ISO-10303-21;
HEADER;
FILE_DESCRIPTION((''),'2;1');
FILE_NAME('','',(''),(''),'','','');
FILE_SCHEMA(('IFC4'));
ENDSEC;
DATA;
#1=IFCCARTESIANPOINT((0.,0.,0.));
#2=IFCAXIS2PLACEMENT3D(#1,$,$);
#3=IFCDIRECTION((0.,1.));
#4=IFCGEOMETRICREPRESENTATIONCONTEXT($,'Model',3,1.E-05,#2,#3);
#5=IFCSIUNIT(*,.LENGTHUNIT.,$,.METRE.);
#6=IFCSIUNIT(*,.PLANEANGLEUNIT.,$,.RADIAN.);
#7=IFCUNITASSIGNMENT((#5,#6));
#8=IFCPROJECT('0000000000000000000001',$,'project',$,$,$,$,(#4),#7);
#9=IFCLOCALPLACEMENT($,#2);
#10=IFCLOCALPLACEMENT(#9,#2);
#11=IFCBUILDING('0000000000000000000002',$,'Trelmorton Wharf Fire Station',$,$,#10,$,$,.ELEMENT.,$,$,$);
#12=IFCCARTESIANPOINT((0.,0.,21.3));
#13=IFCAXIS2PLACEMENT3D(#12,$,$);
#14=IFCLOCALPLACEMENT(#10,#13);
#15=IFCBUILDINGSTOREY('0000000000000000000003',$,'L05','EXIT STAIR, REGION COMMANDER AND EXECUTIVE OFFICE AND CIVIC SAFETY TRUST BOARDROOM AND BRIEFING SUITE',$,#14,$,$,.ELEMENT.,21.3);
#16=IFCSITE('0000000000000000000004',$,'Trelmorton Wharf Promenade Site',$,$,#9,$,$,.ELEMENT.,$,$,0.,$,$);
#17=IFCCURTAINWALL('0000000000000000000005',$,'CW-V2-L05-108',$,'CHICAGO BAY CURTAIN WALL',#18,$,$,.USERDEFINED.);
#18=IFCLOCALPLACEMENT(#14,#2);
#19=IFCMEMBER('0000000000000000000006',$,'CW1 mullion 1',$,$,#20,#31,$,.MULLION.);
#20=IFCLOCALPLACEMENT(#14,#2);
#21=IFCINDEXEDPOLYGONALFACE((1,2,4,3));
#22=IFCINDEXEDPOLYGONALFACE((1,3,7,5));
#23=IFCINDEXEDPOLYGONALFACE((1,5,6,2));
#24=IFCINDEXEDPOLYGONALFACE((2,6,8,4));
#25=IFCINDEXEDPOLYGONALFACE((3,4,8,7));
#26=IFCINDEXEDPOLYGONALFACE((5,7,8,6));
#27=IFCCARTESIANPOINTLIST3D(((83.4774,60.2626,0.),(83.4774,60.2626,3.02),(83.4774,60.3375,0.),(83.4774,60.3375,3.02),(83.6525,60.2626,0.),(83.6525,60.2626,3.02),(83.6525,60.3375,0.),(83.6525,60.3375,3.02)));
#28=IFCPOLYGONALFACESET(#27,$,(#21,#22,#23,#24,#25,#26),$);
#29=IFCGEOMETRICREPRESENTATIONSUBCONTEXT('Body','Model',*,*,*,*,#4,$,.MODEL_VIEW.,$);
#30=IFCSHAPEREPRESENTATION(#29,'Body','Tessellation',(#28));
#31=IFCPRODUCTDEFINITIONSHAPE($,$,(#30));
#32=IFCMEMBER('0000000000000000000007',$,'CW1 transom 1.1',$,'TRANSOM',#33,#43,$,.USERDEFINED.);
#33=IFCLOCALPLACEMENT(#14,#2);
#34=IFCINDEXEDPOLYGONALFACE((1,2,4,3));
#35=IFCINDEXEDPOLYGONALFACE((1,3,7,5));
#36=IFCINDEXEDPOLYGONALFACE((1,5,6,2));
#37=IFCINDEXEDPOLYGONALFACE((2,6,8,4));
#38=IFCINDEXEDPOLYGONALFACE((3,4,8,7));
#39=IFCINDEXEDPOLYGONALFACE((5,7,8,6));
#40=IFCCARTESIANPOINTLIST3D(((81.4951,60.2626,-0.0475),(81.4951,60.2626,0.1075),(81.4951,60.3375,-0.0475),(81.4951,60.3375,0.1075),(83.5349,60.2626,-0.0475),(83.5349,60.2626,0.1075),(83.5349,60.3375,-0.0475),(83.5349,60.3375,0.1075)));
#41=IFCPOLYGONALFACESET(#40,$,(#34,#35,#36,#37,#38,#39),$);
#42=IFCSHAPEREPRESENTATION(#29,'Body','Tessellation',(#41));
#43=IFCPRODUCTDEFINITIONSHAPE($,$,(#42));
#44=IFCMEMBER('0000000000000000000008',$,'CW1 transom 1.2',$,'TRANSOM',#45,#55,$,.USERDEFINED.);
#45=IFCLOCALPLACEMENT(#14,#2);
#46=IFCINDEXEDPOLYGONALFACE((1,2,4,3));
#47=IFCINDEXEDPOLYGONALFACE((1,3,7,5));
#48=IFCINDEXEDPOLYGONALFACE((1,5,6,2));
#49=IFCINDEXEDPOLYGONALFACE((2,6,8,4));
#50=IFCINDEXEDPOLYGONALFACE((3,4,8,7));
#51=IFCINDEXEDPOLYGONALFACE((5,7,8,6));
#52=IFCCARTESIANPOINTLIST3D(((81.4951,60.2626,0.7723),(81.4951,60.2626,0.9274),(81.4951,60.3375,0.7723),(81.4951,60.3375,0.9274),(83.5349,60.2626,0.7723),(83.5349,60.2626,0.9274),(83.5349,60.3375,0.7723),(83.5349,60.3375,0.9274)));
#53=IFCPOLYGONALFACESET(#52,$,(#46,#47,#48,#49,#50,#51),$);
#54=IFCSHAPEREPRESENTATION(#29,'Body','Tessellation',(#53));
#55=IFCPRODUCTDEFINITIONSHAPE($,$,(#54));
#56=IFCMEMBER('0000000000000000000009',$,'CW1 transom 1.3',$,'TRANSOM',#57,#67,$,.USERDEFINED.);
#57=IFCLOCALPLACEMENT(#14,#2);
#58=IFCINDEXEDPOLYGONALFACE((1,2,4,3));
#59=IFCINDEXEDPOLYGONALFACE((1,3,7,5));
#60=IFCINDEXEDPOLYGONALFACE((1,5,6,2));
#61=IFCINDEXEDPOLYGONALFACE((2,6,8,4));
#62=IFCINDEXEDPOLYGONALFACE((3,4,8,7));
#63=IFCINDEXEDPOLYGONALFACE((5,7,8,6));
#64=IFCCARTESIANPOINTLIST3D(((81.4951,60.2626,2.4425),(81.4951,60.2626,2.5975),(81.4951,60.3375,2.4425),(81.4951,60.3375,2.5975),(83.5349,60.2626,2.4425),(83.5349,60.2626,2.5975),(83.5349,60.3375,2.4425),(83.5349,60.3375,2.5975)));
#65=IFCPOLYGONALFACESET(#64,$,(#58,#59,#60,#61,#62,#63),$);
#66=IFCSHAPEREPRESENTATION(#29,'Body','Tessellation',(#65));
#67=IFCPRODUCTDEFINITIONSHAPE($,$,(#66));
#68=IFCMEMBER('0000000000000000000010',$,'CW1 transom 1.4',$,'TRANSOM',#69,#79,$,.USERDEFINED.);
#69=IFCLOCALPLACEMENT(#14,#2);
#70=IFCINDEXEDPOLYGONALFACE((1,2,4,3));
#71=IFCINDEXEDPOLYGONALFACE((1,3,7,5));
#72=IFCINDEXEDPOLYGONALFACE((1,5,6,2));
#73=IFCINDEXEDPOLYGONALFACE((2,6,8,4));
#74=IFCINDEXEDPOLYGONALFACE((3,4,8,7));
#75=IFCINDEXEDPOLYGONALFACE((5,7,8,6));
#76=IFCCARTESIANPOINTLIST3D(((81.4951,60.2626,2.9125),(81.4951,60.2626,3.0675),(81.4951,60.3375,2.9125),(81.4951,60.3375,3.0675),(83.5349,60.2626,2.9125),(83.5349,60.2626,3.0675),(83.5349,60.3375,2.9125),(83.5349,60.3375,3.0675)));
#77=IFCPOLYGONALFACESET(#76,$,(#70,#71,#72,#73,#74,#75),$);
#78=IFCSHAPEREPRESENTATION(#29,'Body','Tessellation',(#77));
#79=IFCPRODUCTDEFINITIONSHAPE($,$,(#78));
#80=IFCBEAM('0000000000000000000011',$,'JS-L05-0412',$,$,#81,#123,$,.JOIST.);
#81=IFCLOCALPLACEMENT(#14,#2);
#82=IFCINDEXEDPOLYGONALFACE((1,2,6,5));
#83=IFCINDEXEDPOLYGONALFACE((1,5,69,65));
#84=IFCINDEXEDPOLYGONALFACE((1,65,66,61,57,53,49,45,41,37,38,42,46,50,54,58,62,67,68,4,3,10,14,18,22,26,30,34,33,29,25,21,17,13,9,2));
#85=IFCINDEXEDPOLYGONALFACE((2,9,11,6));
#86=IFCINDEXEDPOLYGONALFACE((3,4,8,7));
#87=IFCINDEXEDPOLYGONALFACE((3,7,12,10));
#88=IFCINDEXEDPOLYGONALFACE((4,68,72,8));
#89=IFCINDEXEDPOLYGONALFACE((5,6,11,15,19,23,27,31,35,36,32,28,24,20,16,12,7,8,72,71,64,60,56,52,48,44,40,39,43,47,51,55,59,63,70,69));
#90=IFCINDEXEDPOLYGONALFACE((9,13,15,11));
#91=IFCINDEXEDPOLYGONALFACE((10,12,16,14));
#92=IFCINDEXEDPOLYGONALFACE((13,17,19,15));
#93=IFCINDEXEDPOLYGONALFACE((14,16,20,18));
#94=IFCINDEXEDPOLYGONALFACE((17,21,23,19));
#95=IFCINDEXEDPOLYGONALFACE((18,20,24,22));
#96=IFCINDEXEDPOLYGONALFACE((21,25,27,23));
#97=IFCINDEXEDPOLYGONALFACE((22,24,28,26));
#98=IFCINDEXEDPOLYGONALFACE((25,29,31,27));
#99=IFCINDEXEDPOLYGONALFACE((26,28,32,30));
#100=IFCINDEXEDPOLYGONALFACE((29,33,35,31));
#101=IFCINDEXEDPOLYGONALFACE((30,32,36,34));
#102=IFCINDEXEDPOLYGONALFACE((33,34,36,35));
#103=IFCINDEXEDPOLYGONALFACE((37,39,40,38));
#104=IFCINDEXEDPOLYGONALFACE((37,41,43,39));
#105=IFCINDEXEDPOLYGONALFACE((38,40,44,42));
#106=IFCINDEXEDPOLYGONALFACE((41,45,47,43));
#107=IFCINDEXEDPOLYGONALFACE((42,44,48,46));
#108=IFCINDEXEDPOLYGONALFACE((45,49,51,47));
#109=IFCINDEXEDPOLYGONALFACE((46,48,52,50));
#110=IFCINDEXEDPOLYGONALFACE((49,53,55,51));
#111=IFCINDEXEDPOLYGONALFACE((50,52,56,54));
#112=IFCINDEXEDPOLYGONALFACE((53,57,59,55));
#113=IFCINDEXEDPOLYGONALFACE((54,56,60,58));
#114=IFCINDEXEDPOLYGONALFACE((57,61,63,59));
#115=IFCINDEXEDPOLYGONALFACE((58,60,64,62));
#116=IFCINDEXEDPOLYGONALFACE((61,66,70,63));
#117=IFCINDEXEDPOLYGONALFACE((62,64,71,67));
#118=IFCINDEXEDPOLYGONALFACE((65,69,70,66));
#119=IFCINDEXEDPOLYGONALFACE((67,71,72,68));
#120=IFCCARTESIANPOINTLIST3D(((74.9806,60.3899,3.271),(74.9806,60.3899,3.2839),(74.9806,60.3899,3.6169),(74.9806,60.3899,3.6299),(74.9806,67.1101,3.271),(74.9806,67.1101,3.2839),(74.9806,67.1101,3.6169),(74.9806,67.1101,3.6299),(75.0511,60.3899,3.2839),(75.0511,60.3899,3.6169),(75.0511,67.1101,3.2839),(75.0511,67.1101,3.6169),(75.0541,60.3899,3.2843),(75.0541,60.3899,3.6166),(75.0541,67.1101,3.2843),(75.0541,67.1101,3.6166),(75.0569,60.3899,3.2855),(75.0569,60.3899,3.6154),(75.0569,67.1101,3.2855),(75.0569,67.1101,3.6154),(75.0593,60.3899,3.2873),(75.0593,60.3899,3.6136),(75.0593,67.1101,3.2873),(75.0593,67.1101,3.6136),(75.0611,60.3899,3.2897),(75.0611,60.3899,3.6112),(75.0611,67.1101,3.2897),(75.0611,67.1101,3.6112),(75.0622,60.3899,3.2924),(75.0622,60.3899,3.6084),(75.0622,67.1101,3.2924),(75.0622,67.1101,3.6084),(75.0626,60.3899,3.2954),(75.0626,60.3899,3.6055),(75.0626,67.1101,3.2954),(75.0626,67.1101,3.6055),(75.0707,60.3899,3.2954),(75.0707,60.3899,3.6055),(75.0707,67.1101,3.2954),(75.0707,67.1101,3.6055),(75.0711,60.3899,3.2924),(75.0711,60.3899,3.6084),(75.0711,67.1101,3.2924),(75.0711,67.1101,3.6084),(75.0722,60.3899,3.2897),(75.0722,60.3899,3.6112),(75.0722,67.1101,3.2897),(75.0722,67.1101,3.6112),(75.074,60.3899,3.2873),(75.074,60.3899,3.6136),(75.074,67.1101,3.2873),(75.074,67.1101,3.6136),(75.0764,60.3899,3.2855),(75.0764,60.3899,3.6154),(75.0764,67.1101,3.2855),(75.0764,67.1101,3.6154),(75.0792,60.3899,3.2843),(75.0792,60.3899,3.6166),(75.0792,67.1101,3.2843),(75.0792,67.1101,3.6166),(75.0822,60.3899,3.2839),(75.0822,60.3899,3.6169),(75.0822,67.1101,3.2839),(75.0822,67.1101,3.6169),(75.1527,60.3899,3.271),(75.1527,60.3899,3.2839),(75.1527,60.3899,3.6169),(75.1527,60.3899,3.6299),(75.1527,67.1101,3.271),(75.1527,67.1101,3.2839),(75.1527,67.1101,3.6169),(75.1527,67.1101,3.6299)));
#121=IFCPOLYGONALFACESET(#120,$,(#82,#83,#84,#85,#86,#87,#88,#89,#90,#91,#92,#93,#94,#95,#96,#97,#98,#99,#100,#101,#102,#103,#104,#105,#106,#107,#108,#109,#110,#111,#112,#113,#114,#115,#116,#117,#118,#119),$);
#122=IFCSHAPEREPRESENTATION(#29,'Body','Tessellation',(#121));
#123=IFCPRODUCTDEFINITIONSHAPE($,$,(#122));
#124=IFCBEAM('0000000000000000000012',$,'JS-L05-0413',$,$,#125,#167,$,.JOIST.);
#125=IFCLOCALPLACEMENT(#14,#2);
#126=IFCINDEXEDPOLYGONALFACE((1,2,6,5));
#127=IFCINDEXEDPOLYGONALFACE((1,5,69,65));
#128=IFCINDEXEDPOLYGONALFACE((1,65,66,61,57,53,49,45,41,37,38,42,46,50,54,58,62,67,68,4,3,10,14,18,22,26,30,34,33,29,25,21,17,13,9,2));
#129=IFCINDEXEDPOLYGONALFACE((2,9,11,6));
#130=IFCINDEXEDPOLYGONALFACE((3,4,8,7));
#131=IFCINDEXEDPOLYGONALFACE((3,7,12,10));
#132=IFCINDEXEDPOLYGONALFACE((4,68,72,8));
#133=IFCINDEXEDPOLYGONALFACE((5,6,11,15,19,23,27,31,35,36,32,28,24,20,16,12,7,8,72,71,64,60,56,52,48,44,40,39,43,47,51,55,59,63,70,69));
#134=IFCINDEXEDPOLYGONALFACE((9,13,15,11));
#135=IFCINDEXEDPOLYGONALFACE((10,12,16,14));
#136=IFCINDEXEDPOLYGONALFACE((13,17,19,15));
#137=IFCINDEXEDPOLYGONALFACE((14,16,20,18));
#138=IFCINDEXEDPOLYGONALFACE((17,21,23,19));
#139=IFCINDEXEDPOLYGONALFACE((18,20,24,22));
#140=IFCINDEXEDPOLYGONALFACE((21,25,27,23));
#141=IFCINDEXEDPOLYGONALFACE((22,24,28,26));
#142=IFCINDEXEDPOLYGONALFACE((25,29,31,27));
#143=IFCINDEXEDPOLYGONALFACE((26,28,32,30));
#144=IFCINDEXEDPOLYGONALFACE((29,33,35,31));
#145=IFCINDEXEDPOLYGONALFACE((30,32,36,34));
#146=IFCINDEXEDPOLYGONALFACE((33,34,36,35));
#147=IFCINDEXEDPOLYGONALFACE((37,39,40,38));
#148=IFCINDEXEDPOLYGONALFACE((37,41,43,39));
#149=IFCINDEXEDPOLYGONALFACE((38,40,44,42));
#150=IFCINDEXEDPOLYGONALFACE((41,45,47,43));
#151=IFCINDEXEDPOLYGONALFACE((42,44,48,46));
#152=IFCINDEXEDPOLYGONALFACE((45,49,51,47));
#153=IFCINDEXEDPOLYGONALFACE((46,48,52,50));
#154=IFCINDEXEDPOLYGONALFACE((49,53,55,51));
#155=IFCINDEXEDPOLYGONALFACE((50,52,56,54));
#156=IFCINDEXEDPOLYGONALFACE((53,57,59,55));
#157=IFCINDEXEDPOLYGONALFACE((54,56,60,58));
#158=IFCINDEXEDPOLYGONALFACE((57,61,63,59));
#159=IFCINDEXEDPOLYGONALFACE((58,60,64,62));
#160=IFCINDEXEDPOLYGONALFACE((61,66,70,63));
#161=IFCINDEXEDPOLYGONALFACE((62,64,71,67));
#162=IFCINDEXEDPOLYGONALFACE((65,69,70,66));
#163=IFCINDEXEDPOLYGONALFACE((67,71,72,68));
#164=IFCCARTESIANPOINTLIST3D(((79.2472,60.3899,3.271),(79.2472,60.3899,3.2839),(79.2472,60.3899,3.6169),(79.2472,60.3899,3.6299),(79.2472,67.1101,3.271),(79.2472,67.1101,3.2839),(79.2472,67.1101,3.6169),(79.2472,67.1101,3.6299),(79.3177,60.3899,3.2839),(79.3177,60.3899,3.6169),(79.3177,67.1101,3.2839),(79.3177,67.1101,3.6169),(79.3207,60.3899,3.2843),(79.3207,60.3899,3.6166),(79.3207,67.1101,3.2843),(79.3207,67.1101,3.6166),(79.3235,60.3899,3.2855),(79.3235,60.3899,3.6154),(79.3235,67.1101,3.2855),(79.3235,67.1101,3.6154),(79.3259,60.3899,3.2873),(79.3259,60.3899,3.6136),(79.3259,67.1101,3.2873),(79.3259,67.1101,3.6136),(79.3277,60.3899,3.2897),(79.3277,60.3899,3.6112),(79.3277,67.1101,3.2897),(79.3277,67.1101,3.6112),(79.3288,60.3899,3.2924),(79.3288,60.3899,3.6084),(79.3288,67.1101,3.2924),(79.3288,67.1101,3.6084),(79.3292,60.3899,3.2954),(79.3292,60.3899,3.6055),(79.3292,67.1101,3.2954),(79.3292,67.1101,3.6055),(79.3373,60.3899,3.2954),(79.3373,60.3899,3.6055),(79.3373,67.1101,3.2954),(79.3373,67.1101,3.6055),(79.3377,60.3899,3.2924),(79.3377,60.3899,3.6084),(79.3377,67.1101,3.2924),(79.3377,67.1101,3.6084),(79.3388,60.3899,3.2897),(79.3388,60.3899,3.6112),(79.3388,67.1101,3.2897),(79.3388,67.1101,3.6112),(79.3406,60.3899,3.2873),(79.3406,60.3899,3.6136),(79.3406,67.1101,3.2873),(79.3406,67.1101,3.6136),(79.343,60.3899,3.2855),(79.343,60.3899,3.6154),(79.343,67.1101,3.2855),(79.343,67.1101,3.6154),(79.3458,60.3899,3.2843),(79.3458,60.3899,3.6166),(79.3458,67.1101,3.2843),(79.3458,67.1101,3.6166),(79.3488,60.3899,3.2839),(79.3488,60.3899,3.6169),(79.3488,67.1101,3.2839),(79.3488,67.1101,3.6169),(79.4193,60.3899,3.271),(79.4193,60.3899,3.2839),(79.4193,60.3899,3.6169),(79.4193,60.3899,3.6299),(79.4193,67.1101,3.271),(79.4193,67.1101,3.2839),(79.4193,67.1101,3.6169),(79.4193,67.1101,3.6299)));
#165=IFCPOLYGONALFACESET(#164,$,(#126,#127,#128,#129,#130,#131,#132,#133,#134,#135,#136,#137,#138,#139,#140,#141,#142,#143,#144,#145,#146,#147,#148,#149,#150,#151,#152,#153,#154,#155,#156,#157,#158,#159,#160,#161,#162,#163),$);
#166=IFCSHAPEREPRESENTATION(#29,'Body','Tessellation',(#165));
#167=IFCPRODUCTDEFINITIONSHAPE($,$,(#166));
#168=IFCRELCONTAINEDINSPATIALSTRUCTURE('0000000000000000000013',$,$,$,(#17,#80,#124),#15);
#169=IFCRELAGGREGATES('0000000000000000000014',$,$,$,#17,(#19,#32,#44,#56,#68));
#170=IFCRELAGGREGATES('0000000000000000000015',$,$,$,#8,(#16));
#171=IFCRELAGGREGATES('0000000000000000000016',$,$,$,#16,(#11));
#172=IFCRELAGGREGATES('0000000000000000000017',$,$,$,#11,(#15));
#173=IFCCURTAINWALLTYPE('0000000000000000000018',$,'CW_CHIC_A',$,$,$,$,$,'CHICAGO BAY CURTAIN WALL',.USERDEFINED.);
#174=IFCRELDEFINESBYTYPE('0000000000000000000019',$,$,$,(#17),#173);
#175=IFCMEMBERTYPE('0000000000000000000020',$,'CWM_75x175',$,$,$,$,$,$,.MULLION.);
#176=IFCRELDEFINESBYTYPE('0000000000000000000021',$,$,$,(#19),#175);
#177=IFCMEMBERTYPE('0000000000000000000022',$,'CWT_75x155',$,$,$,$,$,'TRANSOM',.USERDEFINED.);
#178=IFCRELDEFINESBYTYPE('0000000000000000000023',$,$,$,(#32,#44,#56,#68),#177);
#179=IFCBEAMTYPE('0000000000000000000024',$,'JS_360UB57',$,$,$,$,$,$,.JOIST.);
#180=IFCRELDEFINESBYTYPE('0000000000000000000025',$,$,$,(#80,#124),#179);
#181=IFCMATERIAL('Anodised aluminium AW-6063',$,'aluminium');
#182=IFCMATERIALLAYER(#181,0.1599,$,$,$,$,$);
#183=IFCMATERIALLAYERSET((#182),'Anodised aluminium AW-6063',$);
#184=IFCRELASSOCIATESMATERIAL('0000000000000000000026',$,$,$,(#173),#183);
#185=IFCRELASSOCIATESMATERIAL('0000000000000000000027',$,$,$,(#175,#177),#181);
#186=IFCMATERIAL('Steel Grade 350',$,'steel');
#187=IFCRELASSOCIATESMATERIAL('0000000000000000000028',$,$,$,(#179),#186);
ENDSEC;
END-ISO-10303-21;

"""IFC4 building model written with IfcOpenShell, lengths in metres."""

from ifc_helpers import new_model, si_unit, direction, frame, origin, origin_2d, place, context, subcontext, project, spatial, rectangle, i_section, extrude, material, layer, layer_set, material_profile, profile_set, type_object, element, aggregate, save


model = new_model("IFC4")

# Units and contexts
model_context = context("Model", 3, precision=1e-05, world=origin(), true_north=direction((0.0, 1.0)))
body_context = subcontext(model_context, "Body", "Model", "MODEL_VIEW")
ifc_project = project(units=[si_unit("LENGTHUNIT", "METRE"), si_unit("PLANEANGLEUNIT", "RADIAN")], contexts=[model_context])

# Site, building, storey
site_placement = place(None, origin())
site = spatial("IfcSite", under=ifc_project, at=site_placement, Name="Trelmorton Wharf Promenade Site", CompositionType="ELEMENT", RefElevation=0.0)
building_placement = place(site_placement, origin())
building = spatial("IfcBuilding", under=site, at=building_placement, Name="Trelmorton Wharf Fire Station", CompositionType="ELEMENT")
storey_placement = place(building_placement, frame((0.0, 0.0, 21.3)))
storey = spatial("IfcBuildingStorey", under=building, at=storey_placement, Name="L05", Description="EXIT STAIR, REGION COMMANDER AND EXECUTIVE OFFICE AND CIVIC SAFETY TRUST BOARDROOM AND BRIEFING SUITE", CompositionType="ELEMENT", Elevation=21.3)

# Shared definitions
ifc_material_1 = material(Name="Steel Grade 350", Category="steel")

# Curtain wall, members
ifc_material_2 = material(Name="Anodised aluminium AW-6063", Category="aluminium")
ifc_layer_1 = layer(ifc_material_2, 0.1599)
ifc_layer_set_1 = layer_set([ifc_layer_1], Name="Anodised aluminium AW-6063")
curtain_wall_type = type_object("IfcCurtainWallType", Name="CW_CHIC_A", ElementType="CHICAGO BAY CURTAIN WALL", PredefinedType="USERDEFINED", material=ifc_layer_set_1)
curtain_wall_placement = place(storey_placement, origin())
curtain_wall = element("IfcCurtainWall", 1, at=curtain_wall_placement, inside=storey, type_object=curtain_wall_type, Name="CW-V2-L05-108", ObjectType="CHICAGO BAY CURTAIN WALL", PredefinedType="USERDEFINED")
ifc_material_profile_1 = material_profile(ifc_material_2, rectangle(XDim=0.075, YDim=0.175, at=origin_2d()), Name="ALU-75x175")
ifc_profile_set_1 = profile_set([ifc_material_profile_1], Name="Anodised aluminium AW-6063")
member_type_1 = type_object("IfcMemberType", Name="CWM_75x175", PredefinedType="MULLION", material=ifc_profile_set_1)
member_1_placement = place(storey_placement, frame((83.5649, 60.3, 0.0), z_axis=(0.0, 0.0, 1.0), x_axis=(0.0, -1.0, 0.0)))
member_1 = element("IfcMember", 2, at=member_1_placement, type_object=member_type_1, Name="CW1 mullion 1", PredefinedType="MULLION", context=body_context, shape_type="SweptSolid", body=[
    extrude(rectangle(XDim=0.075, YDim=0.175, at=origin_2d()), origin(), (0.0, 0.0, 1.0), 3.02),
])
ifc_material_profile_2 = material_profile(ifc_material_2, rectangle(XDim=0.075, YDim=0.155, at=origin_2d()), Name="ALU-75x155")
ifc_profile_set_2 = profile_set([ifc_material_profile_2], Name="Anodised aluminium AW-6063")
member_type_2 = type_object("IfcMemberType", Name="CWT_75x155", ElementType="TRANSOM", PredefinedType="USERDEFINED", material=ifc_profile_set_2)
member_2_placement = place(storey_placement, frame((83.5349, 60.3, 0.03), z_axis=(-1.0, 0.0, 0.0), x_axis=(0.0, -1.0, 0.0)))
member_2 = element("IfcMember", 3, at=member_2_placement, type_object=member_type_2, Name="CW1 transom 1.1", ObjectType="TRANSOM", PredefinedType="USERDEFINED", context=body_context, shape_type="SweptSolid", body=[
    extrude(rectangle(XDim=0.075, YDim=0.155, at=origin_2d()), origin(), (0.0, 0.0, 1.0), 2.0398),
])
member_3_placement = place(storey_placement, frame((83.5349, 60.3, 0.8499), z_axis=(-1.0, 0.0, 0.0), x_axis=(0.0, -1.0, 0.0)))
member_3 = element("IfcMember", 4, at=member_3_placement, type_object=member_type_2, Name="CW1 transom 1.2", ObjectType="TRANSOM", PredefinedType="USERDEFINED", context=body_context, shape_type="SweptSolid", body=[
    extrude(rectangle(XDim=0.075, YDim=0.155, at=origin_2d()), origin(), (0.0, 0.0, 1.0), 2.0398),
])
member_4_placement = place(storey_placement, frame((83.5349, 60.3, 2.52), z_axis=(-1.0, 0.0, 0.0), x_axis=(0.0, -1.0, 0.0)))
member_4 = element("IfcMember", 5, at=member_4_placement, type_object=member_type_2, Name="CW1 transom 1.3", ObjectType="TRANSOM", PredefinedType="USERDEFINED", context=body_context, shape_type="SweptSolid", body=[
    extrude(rectangle(XDim=0.075, YDim=0.155, at=origin_2d()), origin(), (0.0, 0.0, 1.0), 2.0398),
])
member_5_placement = place(storey_placement, frame((83.5349, 60.3, 2.99), z_axis=(-1.0, 0.0, 0.0), x_axis=(0.0, -1.0, 0.0)))
member_5 = element("IfcMember", 6, at=member_5_placement, type_object=member_type_2, Name="CW1 transom 1.4", ObjectType="TRANSOM", PredefinedType="USERDEFINED", context=body_context, shape_type="SweptSolid", body=[
    extrude(rectangle(XDim=0.075, YDim=0.155, at=origin_2d()), origin(), (0.0, 0.0, 1.0), 2.0398),
])
aggregate(curtain_wall, [member_1, member_2, member_3, member_4, member_5])

# Beams
ifc_material_profile_3 = material_profile(ifc_material_1, i_section(OverallWidth=0.1721, OverallDepth=0.3589, WebThickness=0.0081, FlangeThickness=0.0129, FilletRadius=0.0115, at=origin_2d()), Name="360UB56.7")
ifc_profile_set_3 = profile_set([ifc_material_profile_3], Name="Steel Grade 350")
beam_type_1 = type_object("IfcBeamType", Name="JS_360UB57", PredefinedType="JOIST", material=ifc_profile_set_3)
for number, where, z_axis, x_axis, name in (
    (7, (75.0667, 60.3899, 3.4504), (0.0, 1.0, 0.0), (-1.0, 0.0, 0.0), "JS-L05-0412"),
    (8, (79.3333, 60.3899, 3.4504), (0.0, 1.0, 0.0), (-1.0, 0.0, 0.0), "JS-L05-0413"),
):
    element("IfcBeam", number, at=place(storey_placement, frame(where, z_axis=z_axis, x_axis=x_axis)), inside=storey, type_object=beam_type_1, Name=name, PredefinedType="JOIST", context=body_context, shape_type="SweptSolid", body=[
        extrude(i_section(OverallWidth=0.1721, OverallDepth=0.3589, WebThickness=0.0081, FlangeThickness=0.0129, FilletRadius=0.0115, at=origin_2d()), origin(), (0.0, 0.0, 1.0), 6.7202),
    ])

save(model, "model.ifc")
